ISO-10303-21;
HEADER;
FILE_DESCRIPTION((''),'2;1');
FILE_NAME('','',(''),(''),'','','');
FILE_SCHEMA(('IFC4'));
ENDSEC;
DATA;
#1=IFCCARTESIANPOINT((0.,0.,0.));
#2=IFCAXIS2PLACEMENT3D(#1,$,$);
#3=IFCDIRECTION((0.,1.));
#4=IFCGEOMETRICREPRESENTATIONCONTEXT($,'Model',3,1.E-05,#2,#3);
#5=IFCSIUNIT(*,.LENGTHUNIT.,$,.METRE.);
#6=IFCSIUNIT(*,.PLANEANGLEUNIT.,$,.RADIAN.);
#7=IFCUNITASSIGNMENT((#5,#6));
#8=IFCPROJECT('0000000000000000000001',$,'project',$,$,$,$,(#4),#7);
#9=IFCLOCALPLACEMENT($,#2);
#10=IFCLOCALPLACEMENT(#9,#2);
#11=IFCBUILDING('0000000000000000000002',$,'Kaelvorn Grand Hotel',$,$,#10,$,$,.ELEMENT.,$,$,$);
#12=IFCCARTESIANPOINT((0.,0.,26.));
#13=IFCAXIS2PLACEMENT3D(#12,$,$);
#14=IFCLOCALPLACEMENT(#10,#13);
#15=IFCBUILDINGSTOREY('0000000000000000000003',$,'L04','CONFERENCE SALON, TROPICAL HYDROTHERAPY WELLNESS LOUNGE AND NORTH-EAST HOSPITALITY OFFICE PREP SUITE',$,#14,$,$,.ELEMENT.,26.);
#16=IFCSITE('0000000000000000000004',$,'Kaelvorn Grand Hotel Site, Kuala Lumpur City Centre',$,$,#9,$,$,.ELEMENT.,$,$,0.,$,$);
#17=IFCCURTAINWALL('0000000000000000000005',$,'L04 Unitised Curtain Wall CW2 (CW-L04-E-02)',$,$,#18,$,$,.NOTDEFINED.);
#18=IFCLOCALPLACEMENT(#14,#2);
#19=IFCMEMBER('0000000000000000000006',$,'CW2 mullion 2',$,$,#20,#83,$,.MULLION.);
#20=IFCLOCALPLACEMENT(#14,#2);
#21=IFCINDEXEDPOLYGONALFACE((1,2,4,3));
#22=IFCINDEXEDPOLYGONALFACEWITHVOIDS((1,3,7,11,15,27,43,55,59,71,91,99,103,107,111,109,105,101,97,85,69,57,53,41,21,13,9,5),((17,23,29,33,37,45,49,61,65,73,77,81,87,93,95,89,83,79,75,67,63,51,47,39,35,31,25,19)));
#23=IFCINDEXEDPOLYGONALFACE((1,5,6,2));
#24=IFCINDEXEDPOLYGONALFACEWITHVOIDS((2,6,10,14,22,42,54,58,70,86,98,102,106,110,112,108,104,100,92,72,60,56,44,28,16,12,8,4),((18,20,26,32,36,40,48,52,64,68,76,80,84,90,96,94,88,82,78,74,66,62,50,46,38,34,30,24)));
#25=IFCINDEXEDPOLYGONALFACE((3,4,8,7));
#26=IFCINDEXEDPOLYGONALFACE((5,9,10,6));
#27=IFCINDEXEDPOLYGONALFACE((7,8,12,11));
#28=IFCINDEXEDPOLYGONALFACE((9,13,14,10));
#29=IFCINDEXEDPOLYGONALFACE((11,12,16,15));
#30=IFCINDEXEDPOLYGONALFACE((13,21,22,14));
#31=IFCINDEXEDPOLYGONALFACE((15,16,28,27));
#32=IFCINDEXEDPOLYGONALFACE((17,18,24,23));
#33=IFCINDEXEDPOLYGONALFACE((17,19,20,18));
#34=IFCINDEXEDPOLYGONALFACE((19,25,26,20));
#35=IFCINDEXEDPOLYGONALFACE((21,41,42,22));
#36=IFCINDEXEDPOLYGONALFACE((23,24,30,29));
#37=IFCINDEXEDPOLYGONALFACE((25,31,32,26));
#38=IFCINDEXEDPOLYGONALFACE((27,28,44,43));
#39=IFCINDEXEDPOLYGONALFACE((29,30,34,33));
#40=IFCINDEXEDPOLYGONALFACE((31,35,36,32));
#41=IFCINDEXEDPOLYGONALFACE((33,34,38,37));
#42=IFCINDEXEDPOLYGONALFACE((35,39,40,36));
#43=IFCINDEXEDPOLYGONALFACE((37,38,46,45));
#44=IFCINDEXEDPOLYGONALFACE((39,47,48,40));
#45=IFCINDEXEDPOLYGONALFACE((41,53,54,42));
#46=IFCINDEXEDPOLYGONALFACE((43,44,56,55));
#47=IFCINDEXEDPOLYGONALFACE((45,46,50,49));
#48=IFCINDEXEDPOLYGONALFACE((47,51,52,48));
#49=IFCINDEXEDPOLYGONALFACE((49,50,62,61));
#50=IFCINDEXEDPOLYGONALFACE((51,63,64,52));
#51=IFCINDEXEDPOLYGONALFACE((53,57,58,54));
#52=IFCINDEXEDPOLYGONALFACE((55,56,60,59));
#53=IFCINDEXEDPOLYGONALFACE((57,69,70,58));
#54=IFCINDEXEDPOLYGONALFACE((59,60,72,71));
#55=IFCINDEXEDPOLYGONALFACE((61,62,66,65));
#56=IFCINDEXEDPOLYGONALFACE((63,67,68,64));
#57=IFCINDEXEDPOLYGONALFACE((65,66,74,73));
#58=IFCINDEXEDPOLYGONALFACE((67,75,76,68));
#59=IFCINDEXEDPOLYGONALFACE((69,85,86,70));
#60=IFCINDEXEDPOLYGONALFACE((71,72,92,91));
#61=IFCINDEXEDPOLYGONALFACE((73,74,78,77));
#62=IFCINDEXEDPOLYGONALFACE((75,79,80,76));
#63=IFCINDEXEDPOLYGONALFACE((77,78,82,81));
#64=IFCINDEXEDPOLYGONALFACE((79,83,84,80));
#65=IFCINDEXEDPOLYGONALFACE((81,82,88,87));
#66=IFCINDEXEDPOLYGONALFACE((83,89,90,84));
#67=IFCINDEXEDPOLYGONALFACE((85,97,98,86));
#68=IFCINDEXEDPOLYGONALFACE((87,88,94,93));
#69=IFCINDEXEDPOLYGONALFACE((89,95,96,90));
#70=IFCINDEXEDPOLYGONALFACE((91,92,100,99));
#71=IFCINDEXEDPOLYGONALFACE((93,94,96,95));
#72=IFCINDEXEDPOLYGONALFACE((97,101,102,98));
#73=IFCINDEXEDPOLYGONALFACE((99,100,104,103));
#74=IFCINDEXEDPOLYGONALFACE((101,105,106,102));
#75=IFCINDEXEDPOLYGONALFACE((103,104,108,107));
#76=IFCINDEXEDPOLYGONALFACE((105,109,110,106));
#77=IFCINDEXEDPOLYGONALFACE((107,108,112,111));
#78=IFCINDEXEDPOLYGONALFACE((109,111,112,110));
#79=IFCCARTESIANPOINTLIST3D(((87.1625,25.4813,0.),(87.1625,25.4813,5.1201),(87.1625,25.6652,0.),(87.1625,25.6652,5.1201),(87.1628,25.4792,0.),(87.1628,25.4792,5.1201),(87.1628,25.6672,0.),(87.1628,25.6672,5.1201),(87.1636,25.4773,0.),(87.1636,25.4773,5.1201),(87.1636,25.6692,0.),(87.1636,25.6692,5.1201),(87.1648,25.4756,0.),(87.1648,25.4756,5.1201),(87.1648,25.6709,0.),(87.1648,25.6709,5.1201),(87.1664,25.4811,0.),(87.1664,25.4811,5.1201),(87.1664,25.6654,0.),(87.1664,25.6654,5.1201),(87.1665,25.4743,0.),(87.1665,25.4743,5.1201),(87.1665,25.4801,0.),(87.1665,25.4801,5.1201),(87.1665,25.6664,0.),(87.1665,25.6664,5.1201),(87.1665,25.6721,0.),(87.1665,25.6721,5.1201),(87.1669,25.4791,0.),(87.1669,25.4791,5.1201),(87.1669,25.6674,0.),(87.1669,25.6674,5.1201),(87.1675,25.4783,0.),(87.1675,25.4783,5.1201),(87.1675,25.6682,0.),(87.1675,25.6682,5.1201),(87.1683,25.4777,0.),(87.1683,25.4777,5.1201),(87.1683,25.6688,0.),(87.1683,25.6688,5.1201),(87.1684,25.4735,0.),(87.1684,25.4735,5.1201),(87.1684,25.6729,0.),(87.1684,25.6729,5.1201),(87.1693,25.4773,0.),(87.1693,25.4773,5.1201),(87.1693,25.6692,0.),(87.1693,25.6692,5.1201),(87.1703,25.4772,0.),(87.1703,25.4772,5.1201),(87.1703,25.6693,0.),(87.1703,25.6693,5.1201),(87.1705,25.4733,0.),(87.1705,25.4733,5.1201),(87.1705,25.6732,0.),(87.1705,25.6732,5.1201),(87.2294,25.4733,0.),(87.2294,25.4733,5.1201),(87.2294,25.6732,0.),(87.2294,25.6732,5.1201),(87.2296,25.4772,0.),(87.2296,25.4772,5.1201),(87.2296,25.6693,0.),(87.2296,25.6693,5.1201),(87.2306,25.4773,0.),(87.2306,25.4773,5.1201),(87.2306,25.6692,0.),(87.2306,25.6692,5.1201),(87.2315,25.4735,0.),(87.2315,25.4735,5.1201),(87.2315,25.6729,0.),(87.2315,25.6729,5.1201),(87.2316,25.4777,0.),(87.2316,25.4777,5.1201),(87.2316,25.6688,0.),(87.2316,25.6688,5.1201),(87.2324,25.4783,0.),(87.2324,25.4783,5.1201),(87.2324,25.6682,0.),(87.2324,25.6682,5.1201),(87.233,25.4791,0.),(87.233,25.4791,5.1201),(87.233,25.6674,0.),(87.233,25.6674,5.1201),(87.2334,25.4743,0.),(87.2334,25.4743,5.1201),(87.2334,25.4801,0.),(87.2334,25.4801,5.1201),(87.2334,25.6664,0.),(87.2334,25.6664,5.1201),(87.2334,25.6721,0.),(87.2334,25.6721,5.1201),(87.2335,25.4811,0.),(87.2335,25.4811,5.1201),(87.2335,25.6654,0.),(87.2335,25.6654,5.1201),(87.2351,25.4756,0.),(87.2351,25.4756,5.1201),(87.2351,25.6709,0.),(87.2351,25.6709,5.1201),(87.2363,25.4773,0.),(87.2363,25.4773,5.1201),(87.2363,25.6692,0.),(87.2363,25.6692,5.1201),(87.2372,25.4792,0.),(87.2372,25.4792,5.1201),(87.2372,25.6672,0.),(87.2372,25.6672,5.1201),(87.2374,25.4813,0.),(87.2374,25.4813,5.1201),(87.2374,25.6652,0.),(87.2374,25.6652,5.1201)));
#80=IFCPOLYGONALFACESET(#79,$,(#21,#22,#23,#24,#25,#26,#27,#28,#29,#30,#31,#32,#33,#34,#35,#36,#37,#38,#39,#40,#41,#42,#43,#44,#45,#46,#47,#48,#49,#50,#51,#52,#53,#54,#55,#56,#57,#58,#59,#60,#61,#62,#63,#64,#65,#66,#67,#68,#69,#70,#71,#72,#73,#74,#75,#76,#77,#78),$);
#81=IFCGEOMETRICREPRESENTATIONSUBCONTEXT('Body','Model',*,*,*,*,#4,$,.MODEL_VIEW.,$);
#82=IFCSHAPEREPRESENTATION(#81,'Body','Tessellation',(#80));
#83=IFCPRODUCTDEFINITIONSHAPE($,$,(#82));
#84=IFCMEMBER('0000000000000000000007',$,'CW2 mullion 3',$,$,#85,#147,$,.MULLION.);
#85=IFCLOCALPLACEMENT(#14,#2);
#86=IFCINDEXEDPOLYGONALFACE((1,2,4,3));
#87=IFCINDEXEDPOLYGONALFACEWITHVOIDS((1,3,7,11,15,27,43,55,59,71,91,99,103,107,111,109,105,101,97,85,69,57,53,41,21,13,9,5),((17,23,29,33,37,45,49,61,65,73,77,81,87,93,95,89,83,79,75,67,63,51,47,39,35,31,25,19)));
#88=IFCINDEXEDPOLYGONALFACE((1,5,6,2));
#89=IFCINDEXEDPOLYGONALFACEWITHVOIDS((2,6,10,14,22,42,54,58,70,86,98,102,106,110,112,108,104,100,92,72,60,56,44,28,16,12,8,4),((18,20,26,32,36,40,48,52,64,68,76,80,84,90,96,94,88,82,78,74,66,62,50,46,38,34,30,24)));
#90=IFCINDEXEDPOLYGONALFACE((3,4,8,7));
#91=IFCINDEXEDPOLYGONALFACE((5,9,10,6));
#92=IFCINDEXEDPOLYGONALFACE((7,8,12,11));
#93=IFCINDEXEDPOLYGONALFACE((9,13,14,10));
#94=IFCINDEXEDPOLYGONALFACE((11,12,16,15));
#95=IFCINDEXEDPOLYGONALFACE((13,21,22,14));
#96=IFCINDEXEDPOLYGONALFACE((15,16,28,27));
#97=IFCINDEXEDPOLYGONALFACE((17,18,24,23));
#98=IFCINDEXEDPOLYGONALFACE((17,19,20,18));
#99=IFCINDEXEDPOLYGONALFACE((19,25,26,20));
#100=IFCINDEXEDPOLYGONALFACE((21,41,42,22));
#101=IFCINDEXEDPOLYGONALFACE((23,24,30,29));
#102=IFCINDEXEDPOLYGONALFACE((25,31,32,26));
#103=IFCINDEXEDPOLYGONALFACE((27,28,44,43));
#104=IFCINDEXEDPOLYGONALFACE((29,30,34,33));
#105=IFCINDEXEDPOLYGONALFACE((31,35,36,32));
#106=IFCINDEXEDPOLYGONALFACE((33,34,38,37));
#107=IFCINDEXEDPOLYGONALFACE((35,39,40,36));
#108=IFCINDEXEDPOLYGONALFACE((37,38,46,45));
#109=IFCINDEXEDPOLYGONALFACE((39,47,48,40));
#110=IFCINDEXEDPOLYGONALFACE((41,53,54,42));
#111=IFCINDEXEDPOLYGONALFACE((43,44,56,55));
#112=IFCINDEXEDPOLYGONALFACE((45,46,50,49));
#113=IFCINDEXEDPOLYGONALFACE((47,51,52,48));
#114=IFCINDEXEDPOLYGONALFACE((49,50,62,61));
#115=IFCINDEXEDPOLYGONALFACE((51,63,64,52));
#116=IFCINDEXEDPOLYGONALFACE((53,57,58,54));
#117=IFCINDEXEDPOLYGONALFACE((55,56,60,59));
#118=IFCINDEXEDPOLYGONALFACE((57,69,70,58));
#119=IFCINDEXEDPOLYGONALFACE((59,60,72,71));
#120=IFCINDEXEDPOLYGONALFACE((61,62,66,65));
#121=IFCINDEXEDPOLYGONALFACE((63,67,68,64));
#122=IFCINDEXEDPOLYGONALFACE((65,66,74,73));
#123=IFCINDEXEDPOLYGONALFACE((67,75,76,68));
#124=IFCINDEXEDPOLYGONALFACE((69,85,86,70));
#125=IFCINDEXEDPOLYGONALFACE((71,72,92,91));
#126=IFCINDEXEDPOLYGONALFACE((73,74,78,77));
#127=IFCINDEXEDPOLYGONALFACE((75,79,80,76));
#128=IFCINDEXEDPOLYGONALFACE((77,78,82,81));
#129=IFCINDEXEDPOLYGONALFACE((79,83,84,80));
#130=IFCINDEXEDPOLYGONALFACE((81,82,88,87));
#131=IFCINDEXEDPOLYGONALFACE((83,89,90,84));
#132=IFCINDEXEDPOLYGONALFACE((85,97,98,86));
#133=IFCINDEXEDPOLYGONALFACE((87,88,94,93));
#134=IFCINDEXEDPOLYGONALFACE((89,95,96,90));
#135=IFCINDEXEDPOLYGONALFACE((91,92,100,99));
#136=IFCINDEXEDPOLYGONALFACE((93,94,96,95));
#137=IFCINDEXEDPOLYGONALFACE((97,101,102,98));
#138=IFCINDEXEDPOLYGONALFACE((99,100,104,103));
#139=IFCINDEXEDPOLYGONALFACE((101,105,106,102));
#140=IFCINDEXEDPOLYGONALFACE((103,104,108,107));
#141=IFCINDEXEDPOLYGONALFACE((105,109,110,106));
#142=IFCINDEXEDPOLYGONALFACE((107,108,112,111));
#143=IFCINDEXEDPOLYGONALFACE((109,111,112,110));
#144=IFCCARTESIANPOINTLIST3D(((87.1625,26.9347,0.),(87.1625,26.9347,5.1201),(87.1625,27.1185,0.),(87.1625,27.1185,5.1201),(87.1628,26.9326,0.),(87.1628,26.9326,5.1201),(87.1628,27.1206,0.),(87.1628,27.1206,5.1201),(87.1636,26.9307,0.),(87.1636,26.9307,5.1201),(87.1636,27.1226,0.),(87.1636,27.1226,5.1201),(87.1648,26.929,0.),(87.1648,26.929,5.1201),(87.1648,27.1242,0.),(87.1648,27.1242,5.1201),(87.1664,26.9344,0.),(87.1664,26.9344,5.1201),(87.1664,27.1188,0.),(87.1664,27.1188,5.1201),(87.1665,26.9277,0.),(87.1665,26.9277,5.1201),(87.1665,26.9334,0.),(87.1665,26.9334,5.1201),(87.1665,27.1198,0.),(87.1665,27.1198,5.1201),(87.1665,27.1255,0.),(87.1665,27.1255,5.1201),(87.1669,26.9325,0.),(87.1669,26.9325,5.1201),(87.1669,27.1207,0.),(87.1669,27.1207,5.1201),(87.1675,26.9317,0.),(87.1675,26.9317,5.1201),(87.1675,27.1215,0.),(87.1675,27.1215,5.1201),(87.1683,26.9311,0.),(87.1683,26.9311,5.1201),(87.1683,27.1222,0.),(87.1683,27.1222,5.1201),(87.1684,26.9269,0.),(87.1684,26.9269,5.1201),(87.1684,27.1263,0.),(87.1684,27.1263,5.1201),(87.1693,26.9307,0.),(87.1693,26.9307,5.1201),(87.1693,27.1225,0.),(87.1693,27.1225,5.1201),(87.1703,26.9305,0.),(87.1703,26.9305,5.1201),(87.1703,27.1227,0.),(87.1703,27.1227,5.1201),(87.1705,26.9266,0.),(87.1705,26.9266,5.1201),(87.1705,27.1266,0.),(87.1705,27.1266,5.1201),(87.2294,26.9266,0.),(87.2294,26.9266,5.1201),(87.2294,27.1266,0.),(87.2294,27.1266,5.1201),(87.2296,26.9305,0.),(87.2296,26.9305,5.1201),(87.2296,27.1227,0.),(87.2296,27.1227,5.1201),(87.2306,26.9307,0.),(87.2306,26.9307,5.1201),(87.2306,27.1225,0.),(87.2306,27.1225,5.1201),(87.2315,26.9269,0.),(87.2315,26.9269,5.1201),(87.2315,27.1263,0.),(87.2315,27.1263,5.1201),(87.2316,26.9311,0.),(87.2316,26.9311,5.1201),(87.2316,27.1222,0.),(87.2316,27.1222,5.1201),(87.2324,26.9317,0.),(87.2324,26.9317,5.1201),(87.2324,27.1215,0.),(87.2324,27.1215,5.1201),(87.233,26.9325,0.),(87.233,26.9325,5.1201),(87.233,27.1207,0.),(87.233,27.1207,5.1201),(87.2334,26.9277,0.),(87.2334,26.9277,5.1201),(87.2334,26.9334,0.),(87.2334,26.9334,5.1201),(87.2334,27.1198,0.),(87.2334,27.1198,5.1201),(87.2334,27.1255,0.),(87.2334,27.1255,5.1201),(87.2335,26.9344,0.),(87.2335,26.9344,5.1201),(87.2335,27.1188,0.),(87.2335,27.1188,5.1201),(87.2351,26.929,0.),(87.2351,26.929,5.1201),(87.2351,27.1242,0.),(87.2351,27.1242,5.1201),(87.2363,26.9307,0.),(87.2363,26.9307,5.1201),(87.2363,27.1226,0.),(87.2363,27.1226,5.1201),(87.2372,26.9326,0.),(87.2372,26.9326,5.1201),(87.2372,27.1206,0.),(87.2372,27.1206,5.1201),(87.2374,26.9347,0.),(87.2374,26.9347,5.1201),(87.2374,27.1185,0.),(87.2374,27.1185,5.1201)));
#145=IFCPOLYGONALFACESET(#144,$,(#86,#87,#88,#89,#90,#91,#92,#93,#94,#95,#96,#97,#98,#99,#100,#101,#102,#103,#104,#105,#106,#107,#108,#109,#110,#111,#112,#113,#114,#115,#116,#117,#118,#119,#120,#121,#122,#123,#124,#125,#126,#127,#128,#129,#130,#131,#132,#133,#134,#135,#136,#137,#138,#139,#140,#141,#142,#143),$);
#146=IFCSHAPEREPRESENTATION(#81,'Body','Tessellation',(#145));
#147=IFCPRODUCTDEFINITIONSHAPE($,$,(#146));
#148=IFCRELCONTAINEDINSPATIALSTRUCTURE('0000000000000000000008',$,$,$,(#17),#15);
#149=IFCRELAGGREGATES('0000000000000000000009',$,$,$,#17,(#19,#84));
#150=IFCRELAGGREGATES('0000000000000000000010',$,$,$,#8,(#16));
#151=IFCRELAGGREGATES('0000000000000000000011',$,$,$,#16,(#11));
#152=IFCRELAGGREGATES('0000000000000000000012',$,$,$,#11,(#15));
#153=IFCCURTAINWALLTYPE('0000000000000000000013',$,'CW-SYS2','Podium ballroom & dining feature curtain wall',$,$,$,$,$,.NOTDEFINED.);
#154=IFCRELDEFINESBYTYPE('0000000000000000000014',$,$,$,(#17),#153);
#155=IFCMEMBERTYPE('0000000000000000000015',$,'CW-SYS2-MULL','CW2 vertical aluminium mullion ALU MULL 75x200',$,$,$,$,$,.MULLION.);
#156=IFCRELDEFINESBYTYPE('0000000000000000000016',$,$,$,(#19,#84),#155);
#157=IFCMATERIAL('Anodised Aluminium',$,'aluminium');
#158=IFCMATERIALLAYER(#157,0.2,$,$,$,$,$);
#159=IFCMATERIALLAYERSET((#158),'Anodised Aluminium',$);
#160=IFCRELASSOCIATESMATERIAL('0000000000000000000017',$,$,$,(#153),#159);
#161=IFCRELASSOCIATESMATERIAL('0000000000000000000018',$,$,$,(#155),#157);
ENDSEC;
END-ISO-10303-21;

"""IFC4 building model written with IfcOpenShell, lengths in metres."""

from ifc_helpers import new_model, si_unit, direction, frame, origin, origin_2d, place, context, subcontext, project, spatial, hollow_rectangle, extrude, material, layer, layer_set, material_profile, profile_set, type_object, element, aggregate, save


model = new_model("IFC4")

# Units and contexts
model_context = context("Model", 3, precision=1e-05, world=origin(), true_north=direction((0.0, 1.0)))
body_context = subcontext(model_context, "Body", "Model", "MODEL_VIEW")
ifc_project = project(units=[si_unit("LENGTHUNIT", "METRE"), si_unit("PLANEANGLEUNIT", "RADIAN")], contexts=[model_context])

# Site, building, storey
site_placement = place(None, origin())
site = spatial("IfcSite", under=ifc_project, at=site_placement, Name="Kaelvorn Grand Hotel Site, Kuala Lumpur City Centre", CompositionType="ELEMENT", RefElevation=0.0)
building_placement = place(site_placement, origin())
building = spatial("IfcBuilding", under=site, at=building_placement, Name="Kaelvorn Grand Hotel", CompositionType="ELEMENT")
storey_placement = place(building_placement, frame((0.0, 0.0, 26.0)))
storey = spatial("IfcBuildingStorey", under=building, at=storey_placement, Name="L04", Description="CONFERENCE SALON, TROPICAL HYDROTHERAPY WELLNESS LOUNGE AND NORTH-EAST HOSPITALITY OFFICE PREP SUITE", CompositionType="ELEMENT", Elevation=26.0)

# Shared definitions
ifc_material_1 = material(Name="Anodised Aluminium", Category="aluminium")
ifc_layer_1 = layer(ifc_material_1, 0.2)
ifc_layer_set_1 = layer_set([ifc_layer_1], Name="Anodised Aluminium")
curtain_wall_type = type_object("IfcCurtainWallType", Name="CW-SYS2", Description="Podium ballroom & dining feature curtain wall", PredefinedType="NOTDEFINED", material=ifc_layer_set_1)
ifc_material_profile_1 = material_profile(ifc_material_1, hollow_rectangle(XDim=0.075, YDim=0.2, WallThickness=0.0039, InnerFilletRadius=0.0039, OuterFilletRadius=0.0081, at=origin_2d()), Name="ALU MULL 75x200")
ifc_profile_set_1 = profile_set([ifc_material_profile_1], Name="Anodised Aluminium")
member_type_1 = type_object("IfcMemberType", Name="CW-SYS2-MULL", Description="CW2 vertical aluminium mullion ALU MULL 75x200", PredefinedType="MULLION", material=ifc_profile_set_1)

# Curtain wall, members
curtain_wall_1_placement = place(storey_placement, origin())
curtain_wall_1 = element("IfcCurtainWall", 1, at=curtain_wall_1_placement, inside=storey, type_object=curtain_wall_type, Name="L04 Unitised Curtain Wall CW2 (CW-L04-E-02)", PredefinedType="NOTDEFINED")
member_1_placement = place(storey_placement, frame((87.2, 25.5732, 0.0), z_axis=(0.0, 0.0, 1.0), x_axis=(-1.0, 0.0, 0.0)))
member_1 = element("IfcMember", 2, at=member_1_placement, type_object=member_type_1, Name="CW2 mullion 2", PredefinedType="MULLION", context=body_context, shape_type="SweptSolid", body=[
    extrude(hollow_rectangle(XDim=0.075, YDim=0.2, WallThickness=0.0039, InnerFilletRadius=0.0039, OuterFilletRadius=0.0081, at=origin_2d()), origin(), (0.0, 0.0, 1.0), 5.1201),
])
member_2_placement = place(storey_placement, frame((87.2, 27.0266, 0.0), z_axis=(0.0, 0.0, 1.0), x_axis=(-1.0, 0.0, 0.0)))
member_2 = element("IfcMember", 3, at=member_2_placement, type_object=member_type_1, Name="CW2 mullion 3", PredefinedType="MULLION", context=body_context, shape_type="SweptSolid", body=[
    extrude(hollow_rectangle(XDim=0.075, YDim=0.2, WallThickness=0.0039, InnerFilletRadius=0.0039, OuterFilletRadius=0.0081, at=origin_2d()), origin(), (0.0, 0.0, 1.0), 5.1201),
])

aggregate(curtain_wall_1, [member_1, member_2])

save(model, "model.ifc")
